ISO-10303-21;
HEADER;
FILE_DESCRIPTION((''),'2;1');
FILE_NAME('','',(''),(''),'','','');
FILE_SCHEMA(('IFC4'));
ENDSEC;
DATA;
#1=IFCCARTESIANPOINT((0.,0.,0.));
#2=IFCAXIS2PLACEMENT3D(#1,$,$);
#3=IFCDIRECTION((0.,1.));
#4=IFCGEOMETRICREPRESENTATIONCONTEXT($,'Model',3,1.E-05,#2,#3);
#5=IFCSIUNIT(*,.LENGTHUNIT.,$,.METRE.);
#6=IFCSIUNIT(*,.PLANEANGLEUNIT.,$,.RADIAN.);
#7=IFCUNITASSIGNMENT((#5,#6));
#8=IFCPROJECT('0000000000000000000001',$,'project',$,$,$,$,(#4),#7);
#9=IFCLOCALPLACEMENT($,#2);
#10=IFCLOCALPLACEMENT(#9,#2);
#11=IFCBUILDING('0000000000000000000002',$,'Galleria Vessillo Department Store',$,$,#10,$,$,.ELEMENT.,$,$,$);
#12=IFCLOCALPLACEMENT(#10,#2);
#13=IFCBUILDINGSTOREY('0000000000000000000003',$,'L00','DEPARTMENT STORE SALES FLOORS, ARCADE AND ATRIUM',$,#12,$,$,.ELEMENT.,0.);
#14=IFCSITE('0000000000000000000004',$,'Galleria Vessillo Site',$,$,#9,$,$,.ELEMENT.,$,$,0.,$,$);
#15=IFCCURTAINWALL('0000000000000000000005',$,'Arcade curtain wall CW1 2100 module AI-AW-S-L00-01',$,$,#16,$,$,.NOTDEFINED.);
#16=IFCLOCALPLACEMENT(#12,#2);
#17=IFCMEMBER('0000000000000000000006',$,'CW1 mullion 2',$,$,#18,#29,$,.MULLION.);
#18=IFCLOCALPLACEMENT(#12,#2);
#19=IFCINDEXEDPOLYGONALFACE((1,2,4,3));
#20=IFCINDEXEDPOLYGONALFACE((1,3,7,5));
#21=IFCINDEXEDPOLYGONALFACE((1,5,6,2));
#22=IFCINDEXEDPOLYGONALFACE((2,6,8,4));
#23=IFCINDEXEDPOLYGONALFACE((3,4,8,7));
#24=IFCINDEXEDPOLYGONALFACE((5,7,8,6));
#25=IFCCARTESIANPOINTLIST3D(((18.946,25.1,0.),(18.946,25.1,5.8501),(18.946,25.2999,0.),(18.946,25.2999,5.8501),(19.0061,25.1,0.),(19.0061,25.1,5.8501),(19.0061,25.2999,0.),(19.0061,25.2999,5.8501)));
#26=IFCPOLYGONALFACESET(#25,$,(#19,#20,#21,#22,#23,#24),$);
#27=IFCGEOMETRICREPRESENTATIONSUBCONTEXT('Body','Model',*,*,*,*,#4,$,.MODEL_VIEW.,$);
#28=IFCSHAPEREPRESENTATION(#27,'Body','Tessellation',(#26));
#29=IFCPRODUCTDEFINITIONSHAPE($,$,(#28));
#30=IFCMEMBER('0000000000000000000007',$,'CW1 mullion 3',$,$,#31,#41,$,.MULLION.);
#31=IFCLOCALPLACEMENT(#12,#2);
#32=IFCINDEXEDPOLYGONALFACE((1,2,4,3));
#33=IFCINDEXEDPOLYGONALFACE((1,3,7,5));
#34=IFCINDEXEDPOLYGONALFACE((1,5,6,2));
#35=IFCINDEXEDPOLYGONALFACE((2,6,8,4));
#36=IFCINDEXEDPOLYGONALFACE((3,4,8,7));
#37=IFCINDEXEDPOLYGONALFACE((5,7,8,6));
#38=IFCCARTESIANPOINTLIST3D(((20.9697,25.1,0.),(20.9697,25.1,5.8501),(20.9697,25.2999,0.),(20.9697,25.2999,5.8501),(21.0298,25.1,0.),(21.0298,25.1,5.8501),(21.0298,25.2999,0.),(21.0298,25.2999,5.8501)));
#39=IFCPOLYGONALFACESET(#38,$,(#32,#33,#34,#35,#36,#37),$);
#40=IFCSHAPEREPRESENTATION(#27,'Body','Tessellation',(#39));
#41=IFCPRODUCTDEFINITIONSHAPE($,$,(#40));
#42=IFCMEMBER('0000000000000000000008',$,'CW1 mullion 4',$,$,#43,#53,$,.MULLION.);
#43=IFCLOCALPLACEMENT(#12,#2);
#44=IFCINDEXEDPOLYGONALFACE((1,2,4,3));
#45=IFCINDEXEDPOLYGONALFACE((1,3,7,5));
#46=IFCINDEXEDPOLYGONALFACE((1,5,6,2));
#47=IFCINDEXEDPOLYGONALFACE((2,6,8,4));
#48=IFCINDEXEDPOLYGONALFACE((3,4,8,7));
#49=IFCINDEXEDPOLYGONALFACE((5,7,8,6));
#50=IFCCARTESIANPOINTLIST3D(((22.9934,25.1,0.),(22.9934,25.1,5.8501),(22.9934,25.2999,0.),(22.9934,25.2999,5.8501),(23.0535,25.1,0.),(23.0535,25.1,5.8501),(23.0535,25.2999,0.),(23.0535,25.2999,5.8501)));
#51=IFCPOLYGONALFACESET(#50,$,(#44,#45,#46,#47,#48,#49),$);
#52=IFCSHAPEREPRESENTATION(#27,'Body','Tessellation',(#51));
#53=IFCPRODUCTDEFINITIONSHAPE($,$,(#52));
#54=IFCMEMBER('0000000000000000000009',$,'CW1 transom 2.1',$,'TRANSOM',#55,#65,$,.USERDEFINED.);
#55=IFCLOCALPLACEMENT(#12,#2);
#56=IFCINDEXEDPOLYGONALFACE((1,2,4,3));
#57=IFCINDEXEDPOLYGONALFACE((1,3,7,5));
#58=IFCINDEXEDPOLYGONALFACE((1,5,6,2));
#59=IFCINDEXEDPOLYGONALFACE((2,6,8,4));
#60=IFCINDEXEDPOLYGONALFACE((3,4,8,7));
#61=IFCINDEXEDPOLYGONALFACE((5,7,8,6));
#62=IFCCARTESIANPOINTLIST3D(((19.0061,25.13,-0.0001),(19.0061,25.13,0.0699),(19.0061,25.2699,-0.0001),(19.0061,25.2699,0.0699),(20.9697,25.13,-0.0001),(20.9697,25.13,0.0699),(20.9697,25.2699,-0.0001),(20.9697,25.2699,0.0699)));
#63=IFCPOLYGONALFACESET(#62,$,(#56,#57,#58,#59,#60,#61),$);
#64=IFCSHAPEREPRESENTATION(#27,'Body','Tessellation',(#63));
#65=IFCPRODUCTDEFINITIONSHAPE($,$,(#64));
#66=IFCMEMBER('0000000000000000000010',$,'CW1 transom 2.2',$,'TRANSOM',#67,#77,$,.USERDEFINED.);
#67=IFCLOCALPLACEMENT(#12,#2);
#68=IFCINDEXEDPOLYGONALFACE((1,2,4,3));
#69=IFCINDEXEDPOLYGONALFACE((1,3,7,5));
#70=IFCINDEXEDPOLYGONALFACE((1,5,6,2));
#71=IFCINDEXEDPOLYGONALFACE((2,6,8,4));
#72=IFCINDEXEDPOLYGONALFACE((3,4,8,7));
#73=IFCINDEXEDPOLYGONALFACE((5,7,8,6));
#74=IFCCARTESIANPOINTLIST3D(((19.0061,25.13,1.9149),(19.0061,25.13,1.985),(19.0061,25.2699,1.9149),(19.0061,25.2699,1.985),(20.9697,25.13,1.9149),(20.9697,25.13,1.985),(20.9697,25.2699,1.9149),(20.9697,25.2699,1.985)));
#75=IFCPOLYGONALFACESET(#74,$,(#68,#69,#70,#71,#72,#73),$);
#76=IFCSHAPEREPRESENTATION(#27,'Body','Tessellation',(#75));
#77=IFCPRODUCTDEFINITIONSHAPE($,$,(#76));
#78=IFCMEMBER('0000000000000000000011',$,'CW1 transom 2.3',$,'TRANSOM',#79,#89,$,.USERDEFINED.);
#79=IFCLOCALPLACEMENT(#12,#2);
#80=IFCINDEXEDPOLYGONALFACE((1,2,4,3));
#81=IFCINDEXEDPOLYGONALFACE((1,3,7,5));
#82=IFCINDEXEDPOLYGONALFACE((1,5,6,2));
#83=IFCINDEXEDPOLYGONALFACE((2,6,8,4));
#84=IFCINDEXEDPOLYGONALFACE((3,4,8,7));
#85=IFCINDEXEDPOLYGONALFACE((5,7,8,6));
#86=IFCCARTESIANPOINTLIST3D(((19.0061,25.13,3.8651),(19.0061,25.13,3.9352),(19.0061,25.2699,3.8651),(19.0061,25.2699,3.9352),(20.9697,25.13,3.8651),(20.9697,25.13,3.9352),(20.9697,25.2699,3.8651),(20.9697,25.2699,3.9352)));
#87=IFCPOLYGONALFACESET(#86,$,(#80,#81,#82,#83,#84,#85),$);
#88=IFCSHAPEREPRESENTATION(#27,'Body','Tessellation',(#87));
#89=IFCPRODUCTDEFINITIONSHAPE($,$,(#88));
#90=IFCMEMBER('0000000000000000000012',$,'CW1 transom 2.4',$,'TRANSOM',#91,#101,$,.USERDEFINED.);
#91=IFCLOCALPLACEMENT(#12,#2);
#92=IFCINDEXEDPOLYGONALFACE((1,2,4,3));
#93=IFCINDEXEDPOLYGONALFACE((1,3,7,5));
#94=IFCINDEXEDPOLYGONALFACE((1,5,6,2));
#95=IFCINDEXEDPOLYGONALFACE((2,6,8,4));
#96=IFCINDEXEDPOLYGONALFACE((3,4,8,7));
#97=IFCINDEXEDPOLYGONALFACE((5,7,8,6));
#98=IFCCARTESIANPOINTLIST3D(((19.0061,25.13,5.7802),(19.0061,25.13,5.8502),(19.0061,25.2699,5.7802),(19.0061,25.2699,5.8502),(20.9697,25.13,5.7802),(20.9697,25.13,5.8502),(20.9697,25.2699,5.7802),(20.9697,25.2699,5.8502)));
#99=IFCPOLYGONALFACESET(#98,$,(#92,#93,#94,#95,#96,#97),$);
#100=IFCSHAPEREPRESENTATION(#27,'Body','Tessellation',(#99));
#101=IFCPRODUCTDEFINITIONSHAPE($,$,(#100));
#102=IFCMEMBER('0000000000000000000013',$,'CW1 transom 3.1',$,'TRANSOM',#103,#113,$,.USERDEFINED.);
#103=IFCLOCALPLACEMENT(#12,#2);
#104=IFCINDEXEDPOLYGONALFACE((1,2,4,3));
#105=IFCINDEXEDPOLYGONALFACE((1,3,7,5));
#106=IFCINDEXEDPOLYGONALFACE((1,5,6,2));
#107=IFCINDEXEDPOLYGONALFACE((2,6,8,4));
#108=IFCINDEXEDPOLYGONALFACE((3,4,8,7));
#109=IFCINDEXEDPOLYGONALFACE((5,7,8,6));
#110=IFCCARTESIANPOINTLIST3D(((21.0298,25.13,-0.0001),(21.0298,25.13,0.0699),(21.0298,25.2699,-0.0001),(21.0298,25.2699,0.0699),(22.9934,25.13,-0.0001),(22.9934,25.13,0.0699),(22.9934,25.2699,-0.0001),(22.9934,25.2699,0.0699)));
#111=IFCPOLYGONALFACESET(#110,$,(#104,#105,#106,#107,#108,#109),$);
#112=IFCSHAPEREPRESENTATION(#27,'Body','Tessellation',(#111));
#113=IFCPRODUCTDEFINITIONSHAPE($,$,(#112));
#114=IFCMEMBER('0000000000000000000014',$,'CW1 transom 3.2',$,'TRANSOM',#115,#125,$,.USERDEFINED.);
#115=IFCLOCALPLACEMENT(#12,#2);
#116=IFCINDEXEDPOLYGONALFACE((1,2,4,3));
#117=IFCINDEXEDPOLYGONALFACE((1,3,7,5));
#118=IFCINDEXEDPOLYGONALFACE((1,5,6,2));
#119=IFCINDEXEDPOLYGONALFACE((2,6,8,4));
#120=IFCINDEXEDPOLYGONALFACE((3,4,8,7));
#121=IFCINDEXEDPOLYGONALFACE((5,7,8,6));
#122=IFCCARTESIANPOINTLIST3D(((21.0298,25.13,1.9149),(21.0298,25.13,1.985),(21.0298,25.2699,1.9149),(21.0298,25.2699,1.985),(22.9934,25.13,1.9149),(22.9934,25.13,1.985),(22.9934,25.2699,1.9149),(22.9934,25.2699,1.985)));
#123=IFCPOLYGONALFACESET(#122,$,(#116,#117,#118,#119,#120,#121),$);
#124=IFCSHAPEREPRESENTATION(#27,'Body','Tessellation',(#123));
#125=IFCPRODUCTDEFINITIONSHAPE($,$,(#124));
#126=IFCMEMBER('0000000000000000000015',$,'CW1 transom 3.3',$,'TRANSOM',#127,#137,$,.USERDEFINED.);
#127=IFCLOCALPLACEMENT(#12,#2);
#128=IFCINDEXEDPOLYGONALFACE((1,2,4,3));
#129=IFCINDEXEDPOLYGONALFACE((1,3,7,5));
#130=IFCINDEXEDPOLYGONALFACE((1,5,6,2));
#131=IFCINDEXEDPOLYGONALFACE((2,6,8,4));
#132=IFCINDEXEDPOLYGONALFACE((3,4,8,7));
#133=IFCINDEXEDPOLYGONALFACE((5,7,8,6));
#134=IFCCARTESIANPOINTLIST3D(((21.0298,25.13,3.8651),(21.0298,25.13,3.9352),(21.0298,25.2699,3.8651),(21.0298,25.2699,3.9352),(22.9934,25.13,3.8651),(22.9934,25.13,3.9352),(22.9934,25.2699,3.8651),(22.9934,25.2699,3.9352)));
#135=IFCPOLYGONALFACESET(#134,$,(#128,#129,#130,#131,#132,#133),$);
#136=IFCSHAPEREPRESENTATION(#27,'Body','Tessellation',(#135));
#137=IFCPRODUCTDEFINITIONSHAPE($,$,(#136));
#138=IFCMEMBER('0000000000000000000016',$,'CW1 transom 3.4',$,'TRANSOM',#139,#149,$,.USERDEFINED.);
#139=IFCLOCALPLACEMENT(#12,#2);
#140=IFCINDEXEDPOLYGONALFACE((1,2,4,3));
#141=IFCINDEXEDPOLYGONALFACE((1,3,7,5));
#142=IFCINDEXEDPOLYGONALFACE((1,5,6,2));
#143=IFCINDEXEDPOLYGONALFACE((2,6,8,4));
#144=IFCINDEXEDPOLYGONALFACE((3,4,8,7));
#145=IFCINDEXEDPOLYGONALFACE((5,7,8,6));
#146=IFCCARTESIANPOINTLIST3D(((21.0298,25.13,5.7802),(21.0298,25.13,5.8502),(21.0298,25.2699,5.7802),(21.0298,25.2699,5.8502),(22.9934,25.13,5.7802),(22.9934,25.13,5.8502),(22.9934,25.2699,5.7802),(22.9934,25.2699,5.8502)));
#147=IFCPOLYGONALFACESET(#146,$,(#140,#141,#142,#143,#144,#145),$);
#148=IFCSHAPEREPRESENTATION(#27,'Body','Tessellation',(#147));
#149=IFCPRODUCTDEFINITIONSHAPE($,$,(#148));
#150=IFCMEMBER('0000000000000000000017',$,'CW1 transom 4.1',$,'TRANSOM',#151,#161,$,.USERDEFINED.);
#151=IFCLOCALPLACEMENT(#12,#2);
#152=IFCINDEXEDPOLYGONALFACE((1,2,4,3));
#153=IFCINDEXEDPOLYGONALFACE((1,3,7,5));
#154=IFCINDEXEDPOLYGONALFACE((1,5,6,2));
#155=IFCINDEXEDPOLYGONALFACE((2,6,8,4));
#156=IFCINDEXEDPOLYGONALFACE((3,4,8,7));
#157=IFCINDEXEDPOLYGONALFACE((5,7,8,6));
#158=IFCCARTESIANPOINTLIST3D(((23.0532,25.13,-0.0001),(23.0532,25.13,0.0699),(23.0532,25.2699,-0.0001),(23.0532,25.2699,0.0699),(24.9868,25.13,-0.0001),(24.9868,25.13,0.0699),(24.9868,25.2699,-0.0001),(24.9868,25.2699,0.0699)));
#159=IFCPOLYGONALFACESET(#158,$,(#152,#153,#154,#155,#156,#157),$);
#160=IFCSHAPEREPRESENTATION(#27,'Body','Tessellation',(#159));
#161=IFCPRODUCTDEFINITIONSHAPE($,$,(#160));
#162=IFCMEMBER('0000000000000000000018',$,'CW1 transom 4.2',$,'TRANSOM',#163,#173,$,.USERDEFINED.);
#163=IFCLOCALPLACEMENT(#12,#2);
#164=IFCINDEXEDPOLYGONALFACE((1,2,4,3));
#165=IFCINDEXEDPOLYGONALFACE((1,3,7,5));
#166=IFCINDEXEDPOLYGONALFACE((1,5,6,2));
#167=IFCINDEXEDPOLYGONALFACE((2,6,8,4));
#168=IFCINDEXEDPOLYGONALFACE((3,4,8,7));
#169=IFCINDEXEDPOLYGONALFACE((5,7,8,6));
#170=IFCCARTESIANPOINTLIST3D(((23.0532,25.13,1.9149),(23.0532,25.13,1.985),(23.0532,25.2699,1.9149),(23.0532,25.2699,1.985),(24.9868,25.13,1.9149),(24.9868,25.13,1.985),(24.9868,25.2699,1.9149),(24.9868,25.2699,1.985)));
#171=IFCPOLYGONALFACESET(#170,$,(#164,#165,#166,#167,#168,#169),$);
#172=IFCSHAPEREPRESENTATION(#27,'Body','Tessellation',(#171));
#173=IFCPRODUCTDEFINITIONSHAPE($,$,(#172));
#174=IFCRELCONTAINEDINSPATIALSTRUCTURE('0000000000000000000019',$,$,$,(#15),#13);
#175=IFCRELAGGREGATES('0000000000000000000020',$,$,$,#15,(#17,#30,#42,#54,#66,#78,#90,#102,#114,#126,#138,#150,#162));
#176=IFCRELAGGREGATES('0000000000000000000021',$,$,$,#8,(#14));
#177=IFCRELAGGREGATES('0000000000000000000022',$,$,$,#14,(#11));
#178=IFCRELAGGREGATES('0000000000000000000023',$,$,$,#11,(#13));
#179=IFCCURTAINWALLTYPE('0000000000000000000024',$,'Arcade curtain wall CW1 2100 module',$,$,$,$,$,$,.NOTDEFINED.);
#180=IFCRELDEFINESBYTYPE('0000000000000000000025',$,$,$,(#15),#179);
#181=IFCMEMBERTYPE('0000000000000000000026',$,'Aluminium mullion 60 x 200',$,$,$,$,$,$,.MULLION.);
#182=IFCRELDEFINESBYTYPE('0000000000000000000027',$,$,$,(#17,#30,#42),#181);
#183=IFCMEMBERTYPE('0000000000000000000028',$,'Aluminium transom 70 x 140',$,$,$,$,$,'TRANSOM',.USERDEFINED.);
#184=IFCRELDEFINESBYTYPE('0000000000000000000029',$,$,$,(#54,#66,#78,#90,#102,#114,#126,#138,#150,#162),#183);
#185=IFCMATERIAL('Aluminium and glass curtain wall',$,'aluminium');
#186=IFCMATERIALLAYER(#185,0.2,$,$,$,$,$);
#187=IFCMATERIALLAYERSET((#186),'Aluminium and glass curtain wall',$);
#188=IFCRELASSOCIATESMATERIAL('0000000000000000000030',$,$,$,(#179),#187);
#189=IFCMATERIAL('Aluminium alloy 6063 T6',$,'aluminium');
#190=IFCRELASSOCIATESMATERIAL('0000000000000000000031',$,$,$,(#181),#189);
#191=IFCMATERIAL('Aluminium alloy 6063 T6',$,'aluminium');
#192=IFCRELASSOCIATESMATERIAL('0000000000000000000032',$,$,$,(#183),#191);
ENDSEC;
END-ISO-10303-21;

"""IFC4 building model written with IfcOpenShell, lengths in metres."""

from ifc_helpers import new_model, si_unit, direction, frame, origin, origin_2d, place, context, subcontext, project, spatial, rectangle, extrude, material, layer, layer_set, material_profile, profile_set, type_object, element, aggregate, save


model = new_model("IFC4")

# Units and contexts
model_context = context("Model", 3, precision=1e-05, world=origin(), true_north=direction((0.0, 1.0)))
body_context = subcontext(model_context, "Body", "Model", "MODEL_VIEW")
ifc_project = project(units=[si_unit("LENGTHUNIT", "METRE"), si_unit("PLANEANGLEUNIT", "RADIAN")], contexts=[model_context])

# Site, building, storey
site_placement = place(None, origin())
site = spatial("IfcSite", under=ifc_project, at=site_placement, Name="Galleria Vessillo Site", CompositionType="ELEMENT", RefElevation=0.0)
building_placement = place(site_placement, origin())
building = spatial("IfcBuilding", under=site, at=building_placement, Name="Galleria Vessillo Department Store", CompositionType="ELEMENT")
storey_placement = place(building_placement, origin())
storey = spatial("IfcBuildingStorey", under=building, at=storey_placement, Name="L00", Description="DEPARTMENT STORE SALES FLOORS, ARCADE AND ATRIUM", CompositionType="ELEMENT", Elevation=0.0)

# Curtain wall, members
ifc_material_1 = material(Name="Aluminium and glass curtain wall", Category="aluminium")
ifc_layer_1 = layer(ifc_material_1, 0.2)
ifc_layer_set_1 = layer_set([ifc_layer_1], Name="Aluminium and glass curtain wall")
curtain_wall_type = type_object("IfcCurtainWallType", Name="Arcade curtain wall CW1 2100 module", PredefinedType="NOTDEFINED", material=ifc_layer_set_1)
curtain_wall_placement = place(storey_placement, origin())
curtain_wall = element("IfcCurtainWall", 1, at=curtain_wall_placement, inside=storey, type_object=curtain_wall_type, Name="Arcade curtain wall CW1 2100 module AI-AW-S-L00-01", PredefinedType="NOTDEFINED")
ifc_material_2 = material(Name="Aluminium alloy 6063 T6", Category="aluminium")
ifc_material_profile_1 = material_profile(ifc_material_2, rectangle(XDim=0.2, YDim=0.0601, at=origin_2d()), Name="AL 60x200")
ifc_profile_set_1 = profile_set([ifc_material_profile_1], Name="Aluminium alloy 6063 T6")
member_type_1 = type_object("IfcMemberType", Name="Aluminium mullion 60 x 200", PredefinedType="MULLION", material=ifc_profile_set_1)
member_1_placement = place(storey_placement, frame((18.9761, 25.2, 0.0), z_axis=(0.0, 0.0, 1.0), x_axis=(0.0, 1.0, 0.0)))
member_1 = element("IfcMember", 2, at=member_1_placement, type_object=member_type_1, Name="CW1 mullion 2", PredefinedType="MULLION", context=body_context, shape_type="SweptSolid", body=[
    extrude(rectangle(XDim=0.2, YDim=0.0601, at=origin_2d()), origin(), (0.0, 0.0, 1.0), 5.8501),
])
member_2_placement = place(storey_placement, frame((20.9998, 25.2, 0.0), z_axis=(0.0, 0.0, 1.0), x_axis=(0.0, 1.0, 0.0)))
member_2 = element("IfcMember", 3, at=member_2_placement, type_object=member_type_1, Name="CW1 mullion 3", PredefinedType="MULLION", context=body_context, shape_type="SweptSolid", body=[
    extrude(rectangle(XDim=0.2, YDim=0.0601, at=origin_2d()), origin(), (0.0, 0.0, 1.0), 5.8501),
])
member_3_placement = place(storey_placement, frame((23.0234, 25.2, 0.0), z_axis=(0.0, 0.0, 1.0), x_axis=(0.0, 1.0, 0.0)))
member_3 = element("IfcMember", 4, at=member_3_placement, type_object=member_type_1, Name="CW1 mullion 4", PredefinedType="MULLION", context=body_context, shape_type="SweptSolid", body=[
    extrude(rectangle(XDim=0.2, YDim=0.0601, at=origin_2d()), origin(), (0.0, 0.0, 1.0), 5.8501),
])
ifc_material_3 = material(Name="Aluminium alloy 6063 T6", Category="aluminium")
ifc_material_profile_2 = material_profile(ifc_material_3, rectangle(XDim=0.1399, YDim=0.0701, at=origin_2d()), Name="AL 70x140")
ifc_profile_set_2 = profile_set([ifc_material_profile_2], Name="Aluminium alloy 6063 T6")
member_type_2 = type_object("IfcMemberType", Name="Aluminium transom 70 x 140", ElementType="TRANSOM", PredefinedType="USERDEFINED", material=ifc_profile_set_2)
member_4_placement = place(storey_placement, frame((19.0061, 25.2, 0.0349), z_axis=(1.0, 0.0, 0.0), x_axis=(0.0, 1.0, 0.0)))
member_4 = element("IfcMember", 5, at=member_4_placement, type_object=member_type_2, Name="CW1 transom 2.1", ObjectType="TRANSOM", PredefinedType="USERDEFINED", context=body_context, shape_type="SweptSolid", body=[
    extrude(rectangle(XDim=0.1399, YDim=0.0701, at=origin_2d()), origin(), (0.0, 0.0, 1.0), 1.9636),
])
member_5_placement = place(storey_placement, frame((19.0061, 25.2, 1.95), z_axis=(1.0, 0.0, 0.0), x_axis=(0.0, 1.0, 0.0)))
member_5 = element("IfcMember", 6, at=member_5_placement, type_object=member_type_2, Name="CW1 transom 2.2", ObjectType="TRANSOM", PredefinedType="USERDEFINED", context=body_context, shape_type="SweptSolid", body=[
    extrude(rectangle(XDim=0.1399, YDim=0.0701, at=origin_2d()), origin(), (0.0, 0.0, 1.0), 1.9636),
])
member_6_placement = place(storey_placement, frame((19.0061, 25.2, 3.9001), z_axis=(1.0, 0.0, 0.0), x_axis=(0.0, 1.0, 0.0)))
member_6 = element("IfcMember", 7, at=member_6_placement, type_object=member_type_2, Name="CW1 transom 2.3", ObjectType="TRANSOM", PredefinedType="USERDEFINED", context=body_context, shape_type="SweptSolid", body=[
    extrude(rectangle(XDim=0.1399, YDim=0.0701, at=origin_2d()), origin(), (0.0, 0.0, 1.0), 1.9636),
])
member_7_placement = place(storey_placement, frame((19.0061, 25.2, 5.8152), z_axis=(1.0, 0.0, 0.0), x_axis=(0.0, 1.0, 0.0)))
member_7 = element("IfcMember", 8, at=member_7_placement, type_object=member_type_2, Name="CW1 transom 2.4", ObjectType="TRANSOM", PredefinedType="USERDEFINED", context=body_context, shape_type="SweptSolid", body=[
    extrude(rectangle(XDim=0.1399, YDim=0.0701, at=origin_2d()), origin(), (0.0, 0.0, 1.0), 1.9636),
])
member_8_placement = place(storey_placement, frame((21.0298, 25.2, 0.0349), z_axis=(1.0, 0.0, 0.0), x_axis=(0.0, 1.0, 0.0)))
member_8 = element("IfcMember", 9, at=member_8_placement, type_object=member_type_2, Name="CW1 transom 3.1", ObjectType="TRANSOM", PredefinedType="USERDEFINED", context=body_context, shape_type="SweptSolid", body=[
    extrude(rectangle(XDim=0.1399, YDim=0.0701, at=origin_2d()), origin(), (0.0, 0.0, 1.0), 1.9636),
])
member_9_placement = place(storey_placement, frame((21.0298, 25.2, 1.95), z_axis=(1.0, 0.0, 0.0), x_axis=(0.0, 1.0, 0.0)))
member_9 = element("IfcMember", 10, at=member_9_placement, type_object=member_type_2, Name="CW1 transom 3.2", ObjectType="TRANSOM", PredefinedType="USERDEFINED", context=body_context, shape_type="SweptSolid", body=[
    extrude(rectangle(XDim=0.1399, YDim=0.0701, at=origin_2d()), origin(), (0.0, 0.0, 1.0), 1.9636),
])
member_10_placement = place(storey_placement, frame((21.0298, 25.2, 3.9001), z_axis=(1.0, 0.0, 0.0), x_axis=(0.0, 1.0, 0.0)))
member_10 = element("IfcMember", 11, at=member_10_placement, type_object=member_type_2, Name="CW1 transom 3.3", ObjectType="TRANSOM", PredefinedType="USERDEFINED", context=body_context, shape_type="SweptSolid", body=[
    extrude(rectangle(XDim=0.1399, YDim=0.0701, at=origin_2d()), origin(), (0.0, 0.0, 1.0), 1.9636),
])
member_11_placement = place(storey_placement, frame((21.0298, 25.2, 5.8152), z_axis=(1.0, 0.0, 0.0), x_axis=(0.0, 1.0, 0.0)))
member_11 = element("IfcMember", 12, at=member_11_placement, type_object=member_type_2, Name="CW1 transom 3.4", ObjectType="TRANSOM", PredefinedType="USERDEFINED", context=body_context, shape_type="SweptSolid", body=[
    extrude(rectangle(XDim=0.1399, YDim=0.0701, at=origin_2d()), origin(), (0.0, 0.0, 1.0), 1.9636),
])
member_12_placement = place(storey_placement, frame((23.0532, 25.2, 0.0349), z_axis=(1.0, 0.0, 0.0), x_axis=(0.0, 1.0, 0.0)))
member_12 = element("IfcMember", 13, at=member_12_placement, type_object=member_type_2, Name="CW1 transom 4.1", ObjectType="TRANSOM", PredefinedType="USERDEFINED", context=body_context, shape_type="SweptSolid", body=[
    extrude(rectangle(XDim=0.1399, YDim=0.0701, at=origin_2d()), origin(), (0.0, 0.0, 1.0), 1.9336),
])
member_13_placement = place(storey_placement, frame((23.0532, 25.2, 1.95), z_axis=(1.0, 0.0, 0.0), x_axis=(0.0, 1.0, 0.0)))
member_13 = element("IfcMember", 14, at=member_13_placement, type_object=member_type_2, Name="CW1 transom 4.2", ObjectType="TRANSOM", PredefinedType="USERDEFINED", context=body_context, shape_type="SweptSolid", body=[
    extrude(rectangle(XDim=0.1399, YDim=0.0701, at=origin_2d()), origin(), (0.0, 0.0, 1.0), 1.9336),
])

aggregate(curtain_wall, [member_1, member_2, member_3, member_4, member_5, member_6, member_7, member_8, member_9, member_10, member_11, member_12, member_13])

save(model, "model.ifc")
